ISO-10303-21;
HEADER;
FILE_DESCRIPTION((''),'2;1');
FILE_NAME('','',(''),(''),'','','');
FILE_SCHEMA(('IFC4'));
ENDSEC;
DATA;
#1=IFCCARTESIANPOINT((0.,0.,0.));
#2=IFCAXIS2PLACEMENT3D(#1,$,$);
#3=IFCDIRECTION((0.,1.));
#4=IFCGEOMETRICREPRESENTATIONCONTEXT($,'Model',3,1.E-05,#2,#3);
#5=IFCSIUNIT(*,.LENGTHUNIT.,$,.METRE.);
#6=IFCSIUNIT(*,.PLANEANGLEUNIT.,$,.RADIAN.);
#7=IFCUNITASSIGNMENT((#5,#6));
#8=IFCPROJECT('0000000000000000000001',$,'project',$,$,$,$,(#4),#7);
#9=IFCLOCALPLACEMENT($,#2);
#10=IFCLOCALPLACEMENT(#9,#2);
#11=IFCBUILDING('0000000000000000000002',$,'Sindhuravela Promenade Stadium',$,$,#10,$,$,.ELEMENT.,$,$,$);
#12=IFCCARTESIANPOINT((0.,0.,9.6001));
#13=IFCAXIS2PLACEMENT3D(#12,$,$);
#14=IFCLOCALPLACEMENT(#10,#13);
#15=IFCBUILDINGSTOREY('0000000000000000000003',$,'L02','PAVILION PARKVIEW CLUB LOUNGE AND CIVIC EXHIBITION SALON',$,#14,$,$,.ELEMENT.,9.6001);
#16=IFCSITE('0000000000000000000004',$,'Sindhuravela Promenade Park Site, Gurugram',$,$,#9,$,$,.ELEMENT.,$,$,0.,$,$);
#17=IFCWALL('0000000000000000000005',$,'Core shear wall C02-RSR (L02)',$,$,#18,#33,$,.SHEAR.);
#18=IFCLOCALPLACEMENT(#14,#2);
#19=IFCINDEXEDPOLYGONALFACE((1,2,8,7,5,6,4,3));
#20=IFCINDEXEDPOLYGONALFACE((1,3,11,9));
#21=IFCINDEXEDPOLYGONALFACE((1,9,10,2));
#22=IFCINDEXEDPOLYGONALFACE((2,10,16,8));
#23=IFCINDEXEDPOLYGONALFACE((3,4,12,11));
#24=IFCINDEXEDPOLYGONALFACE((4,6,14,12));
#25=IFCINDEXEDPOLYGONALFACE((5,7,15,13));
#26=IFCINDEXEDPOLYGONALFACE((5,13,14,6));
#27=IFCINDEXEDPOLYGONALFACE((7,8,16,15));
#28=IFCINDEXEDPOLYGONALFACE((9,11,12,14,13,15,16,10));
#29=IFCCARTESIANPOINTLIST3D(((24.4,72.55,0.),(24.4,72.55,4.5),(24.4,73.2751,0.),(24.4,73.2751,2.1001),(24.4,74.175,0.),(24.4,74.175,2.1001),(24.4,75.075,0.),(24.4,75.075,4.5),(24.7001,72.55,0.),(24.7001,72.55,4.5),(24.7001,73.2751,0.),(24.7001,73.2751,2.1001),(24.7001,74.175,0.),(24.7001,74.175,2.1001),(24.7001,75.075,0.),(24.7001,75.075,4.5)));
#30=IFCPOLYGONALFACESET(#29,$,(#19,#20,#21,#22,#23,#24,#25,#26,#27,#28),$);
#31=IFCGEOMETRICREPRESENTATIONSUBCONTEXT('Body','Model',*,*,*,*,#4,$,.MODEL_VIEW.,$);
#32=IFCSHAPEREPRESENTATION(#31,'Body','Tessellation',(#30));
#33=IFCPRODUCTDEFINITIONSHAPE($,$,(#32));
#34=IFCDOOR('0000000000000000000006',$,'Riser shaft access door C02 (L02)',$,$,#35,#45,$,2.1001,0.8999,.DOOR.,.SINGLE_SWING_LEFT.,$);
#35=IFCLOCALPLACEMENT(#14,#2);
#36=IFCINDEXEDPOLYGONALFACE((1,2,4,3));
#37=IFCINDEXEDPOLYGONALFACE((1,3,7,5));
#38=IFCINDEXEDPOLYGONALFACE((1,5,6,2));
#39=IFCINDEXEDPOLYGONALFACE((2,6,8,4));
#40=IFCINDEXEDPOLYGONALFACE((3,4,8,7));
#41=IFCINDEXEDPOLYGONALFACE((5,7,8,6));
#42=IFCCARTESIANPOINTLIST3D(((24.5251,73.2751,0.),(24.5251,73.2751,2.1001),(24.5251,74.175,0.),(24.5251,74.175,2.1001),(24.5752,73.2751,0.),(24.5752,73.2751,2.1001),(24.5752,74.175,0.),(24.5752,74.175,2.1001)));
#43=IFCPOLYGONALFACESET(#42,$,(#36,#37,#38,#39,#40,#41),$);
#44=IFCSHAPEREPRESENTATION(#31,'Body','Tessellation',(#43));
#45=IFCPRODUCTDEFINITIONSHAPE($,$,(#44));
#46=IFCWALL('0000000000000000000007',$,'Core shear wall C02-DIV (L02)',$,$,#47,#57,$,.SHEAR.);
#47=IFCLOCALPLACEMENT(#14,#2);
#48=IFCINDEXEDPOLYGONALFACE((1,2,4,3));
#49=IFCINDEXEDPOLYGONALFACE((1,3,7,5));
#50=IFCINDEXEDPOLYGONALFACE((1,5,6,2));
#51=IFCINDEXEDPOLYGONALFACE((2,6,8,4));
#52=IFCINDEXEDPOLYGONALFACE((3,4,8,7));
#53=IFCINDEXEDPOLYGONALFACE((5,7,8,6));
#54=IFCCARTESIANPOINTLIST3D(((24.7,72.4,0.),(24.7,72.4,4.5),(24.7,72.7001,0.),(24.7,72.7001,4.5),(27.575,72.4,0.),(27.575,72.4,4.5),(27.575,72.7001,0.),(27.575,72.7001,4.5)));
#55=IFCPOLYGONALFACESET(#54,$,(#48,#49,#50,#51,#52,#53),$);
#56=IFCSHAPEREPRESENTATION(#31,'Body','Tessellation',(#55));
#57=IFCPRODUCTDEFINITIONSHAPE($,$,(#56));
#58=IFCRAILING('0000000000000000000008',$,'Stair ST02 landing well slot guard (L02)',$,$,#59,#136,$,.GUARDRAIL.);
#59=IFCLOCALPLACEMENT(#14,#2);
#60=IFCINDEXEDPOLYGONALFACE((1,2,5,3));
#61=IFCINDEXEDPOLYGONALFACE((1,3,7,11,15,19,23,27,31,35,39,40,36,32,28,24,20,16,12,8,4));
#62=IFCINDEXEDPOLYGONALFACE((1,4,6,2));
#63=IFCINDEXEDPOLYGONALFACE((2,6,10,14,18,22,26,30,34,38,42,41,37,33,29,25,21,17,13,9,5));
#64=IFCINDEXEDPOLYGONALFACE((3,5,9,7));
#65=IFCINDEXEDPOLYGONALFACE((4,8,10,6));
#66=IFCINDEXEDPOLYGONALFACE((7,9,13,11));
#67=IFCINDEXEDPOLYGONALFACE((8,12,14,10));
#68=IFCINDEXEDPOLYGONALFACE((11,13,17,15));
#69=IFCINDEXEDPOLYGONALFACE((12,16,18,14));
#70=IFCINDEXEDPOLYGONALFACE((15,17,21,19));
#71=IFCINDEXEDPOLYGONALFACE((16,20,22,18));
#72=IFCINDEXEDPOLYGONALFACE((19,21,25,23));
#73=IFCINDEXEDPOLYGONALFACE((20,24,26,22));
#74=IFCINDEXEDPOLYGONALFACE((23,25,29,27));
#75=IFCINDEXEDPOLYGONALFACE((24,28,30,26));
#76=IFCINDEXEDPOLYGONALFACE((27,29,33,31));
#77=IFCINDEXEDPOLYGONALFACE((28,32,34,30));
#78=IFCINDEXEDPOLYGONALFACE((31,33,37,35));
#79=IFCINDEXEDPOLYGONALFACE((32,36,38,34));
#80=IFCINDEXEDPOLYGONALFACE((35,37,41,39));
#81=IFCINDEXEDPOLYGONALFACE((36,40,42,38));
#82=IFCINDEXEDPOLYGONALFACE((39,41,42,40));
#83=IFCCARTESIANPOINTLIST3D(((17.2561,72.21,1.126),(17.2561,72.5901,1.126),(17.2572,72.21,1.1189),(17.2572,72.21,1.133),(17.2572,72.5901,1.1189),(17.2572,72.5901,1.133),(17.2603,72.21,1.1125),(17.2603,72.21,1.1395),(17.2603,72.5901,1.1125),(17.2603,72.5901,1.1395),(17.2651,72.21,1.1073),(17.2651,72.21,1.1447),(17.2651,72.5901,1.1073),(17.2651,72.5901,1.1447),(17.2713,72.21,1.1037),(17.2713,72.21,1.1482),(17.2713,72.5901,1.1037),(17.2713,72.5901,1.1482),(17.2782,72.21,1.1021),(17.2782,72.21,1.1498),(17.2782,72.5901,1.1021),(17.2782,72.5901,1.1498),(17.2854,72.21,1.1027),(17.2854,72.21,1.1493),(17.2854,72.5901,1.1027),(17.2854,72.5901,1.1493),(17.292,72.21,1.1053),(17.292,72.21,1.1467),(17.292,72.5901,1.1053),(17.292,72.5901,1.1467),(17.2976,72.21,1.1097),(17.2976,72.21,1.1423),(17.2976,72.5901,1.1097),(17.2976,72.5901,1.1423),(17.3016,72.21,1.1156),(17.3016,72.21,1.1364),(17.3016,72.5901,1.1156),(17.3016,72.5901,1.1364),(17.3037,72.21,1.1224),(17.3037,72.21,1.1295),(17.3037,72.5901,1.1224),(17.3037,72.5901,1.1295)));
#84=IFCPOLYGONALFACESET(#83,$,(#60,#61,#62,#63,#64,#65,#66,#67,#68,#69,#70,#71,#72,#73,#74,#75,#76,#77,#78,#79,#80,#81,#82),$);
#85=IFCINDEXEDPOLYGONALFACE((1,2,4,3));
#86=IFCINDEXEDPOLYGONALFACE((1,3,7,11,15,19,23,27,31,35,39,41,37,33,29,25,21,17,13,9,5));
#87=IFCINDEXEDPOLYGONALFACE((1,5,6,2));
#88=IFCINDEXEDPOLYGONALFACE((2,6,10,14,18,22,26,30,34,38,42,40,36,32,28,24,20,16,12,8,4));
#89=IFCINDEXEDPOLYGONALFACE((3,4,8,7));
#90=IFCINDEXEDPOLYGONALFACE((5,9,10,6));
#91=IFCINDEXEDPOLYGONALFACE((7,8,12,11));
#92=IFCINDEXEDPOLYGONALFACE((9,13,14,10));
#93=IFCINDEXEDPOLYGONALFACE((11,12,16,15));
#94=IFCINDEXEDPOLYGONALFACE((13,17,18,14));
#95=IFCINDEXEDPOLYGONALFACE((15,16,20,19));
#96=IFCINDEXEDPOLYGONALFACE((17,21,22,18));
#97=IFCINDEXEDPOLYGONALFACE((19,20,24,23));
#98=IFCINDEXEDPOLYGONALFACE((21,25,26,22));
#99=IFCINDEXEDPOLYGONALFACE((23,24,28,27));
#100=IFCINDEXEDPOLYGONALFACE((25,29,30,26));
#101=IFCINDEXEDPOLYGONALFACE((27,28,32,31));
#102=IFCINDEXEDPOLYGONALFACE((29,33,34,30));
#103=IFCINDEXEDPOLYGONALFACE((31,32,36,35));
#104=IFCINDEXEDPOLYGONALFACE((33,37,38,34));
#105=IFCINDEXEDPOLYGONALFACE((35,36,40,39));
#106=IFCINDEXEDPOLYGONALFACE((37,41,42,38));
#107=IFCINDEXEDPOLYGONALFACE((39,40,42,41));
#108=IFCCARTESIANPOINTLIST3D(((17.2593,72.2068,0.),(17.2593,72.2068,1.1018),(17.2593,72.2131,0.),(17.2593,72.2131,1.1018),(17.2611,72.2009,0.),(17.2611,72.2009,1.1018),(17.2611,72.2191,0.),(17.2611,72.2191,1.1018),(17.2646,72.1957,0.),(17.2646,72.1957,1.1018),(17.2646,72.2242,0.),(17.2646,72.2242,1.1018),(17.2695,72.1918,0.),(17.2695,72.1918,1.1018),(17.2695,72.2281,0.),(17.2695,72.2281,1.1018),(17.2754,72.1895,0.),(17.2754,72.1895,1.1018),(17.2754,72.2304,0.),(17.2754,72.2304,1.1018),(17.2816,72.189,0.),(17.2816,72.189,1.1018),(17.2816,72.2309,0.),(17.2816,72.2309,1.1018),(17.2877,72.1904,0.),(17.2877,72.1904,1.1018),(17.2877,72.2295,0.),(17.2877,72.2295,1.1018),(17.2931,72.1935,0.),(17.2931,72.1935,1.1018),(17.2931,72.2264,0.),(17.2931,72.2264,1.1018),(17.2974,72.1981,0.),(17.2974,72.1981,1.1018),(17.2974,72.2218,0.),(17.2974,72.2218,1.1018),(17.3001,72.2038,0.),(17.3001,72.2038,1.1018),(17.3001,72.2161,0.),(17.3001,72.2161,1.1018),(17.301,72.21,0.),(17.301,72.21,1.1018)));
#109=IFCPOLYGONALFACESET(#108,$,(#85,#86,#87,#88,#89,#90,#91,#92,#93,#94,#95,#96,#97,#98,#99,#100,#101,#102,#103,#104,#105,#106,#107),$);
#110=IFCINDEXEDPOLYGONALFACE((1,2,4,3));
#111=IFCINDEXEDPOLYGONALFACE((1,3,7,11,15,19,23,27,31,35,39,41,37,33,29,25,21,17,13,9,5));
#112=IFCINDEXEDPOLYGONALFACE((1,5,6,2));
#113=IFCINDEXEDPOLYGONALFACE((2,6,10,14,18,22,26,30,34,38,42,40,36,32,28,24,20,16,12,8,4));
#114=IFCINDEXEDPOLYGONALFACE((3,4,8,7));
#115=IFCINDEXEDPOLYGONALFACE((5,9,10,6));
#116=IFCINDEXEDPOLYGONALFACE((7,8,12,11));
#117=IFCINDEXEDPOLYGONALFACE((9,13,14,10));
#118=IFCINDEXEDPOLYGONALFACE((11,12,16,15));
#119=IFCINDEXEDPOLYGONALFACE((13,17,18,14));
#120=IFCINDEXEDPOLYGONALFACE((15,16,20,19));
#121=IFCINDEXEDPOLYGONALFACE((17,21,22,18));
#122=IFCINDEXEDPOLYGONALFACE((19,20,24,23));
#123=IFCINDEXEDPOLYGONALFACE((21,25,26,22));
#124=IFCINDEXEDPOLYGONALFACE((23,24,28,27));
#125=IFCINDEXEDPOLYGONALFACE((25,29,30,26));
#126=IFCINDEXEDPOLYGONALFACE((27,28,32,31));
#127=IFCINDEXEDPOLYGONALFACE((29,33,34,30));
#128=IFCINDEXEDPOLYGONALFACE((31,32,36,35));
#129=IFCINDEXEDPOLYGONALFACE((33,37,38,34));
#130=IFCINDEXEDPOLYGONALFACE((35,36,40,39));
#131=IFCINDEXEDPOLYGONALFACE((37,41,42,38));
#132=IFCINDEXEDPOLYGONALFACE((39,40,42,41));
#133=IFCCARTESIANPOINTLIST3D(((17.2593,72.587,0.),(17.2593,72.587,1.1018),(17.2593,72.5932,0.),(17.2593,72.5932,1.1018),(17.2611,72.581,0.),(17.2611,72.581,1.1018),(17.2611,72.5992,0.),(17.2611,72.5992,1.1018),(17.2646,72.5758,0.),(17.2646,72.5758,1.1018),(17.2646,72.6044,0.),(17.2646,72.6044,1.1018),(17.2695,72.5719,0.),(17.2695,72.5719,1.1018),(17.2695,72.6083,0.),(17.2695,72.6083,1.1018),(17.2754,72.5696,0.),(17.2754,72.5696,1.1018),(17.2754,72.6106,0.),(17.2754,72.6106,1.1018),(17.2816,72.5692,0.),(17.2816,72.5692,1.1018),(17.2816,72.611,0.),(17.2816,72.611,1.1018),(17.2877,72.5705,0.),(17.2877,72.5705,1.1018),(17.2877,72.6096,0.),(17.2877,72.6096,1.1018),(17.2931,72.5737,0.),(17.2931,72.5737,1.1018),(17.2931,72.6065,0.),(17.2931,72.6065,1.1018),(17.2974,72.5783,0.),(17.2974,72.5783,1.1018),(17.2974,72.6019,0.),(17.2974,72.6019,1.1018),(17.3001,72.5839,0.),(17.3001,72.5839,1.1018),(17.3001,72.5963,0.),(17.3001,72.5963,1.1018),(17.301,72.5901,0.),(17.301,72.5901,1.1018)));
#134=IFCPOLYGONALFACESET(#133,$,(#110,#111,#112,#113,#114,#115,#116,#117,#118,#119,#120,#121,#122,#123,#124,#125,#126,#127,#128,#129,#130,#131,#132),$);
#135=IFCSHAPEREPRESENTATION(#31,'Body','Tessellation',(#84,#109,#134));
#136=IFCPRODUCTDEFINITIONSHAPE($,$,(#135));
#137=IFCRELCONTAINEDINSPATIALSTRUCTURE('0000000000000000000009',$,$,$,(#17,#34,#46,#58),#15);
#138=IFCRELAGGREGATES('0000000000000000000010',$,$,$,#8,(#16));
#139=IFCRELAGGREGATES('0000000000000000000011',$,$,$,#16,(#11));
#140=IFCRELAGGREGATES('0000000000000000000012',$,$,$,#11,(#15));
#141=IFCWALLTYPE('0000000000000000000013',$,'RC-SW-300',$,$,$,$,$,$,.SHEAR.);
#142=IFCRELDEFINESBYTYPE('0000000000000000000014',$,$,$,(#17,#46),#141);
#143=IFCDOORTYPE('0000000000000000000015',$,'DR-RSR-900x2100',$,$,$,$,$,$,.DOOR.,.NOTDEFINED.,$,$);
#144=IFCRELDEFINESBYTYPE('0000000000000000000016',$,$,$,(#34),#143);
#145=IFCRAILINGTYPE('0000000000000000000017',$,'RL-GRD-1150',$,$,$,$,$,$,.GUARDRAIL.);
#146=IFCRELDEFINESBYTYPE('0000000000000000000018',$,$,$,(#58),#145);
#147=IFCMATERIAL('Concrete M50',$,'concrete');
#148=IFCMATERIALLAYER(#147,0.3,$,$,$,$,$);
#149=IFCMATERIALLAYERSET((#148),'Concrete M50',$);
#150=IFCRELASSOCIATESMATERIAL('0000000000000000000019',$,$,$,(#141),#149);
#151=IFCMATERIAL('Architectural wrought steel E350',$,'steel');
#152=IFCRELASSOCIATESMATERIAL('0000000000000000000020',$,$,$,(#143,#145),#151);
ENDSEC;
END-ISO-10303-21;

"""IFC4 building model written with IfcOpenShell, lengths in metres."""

from ifc_helpers import new_model, si_unit, direction, frame, frame_2d, origin, origin_2d, place, context, subcontext, project, spatial, rectangle, circle, extrude, material, layer, layer_set, type_object, element, fill, save


model = new_model("IFC4")

# Units and contexts
model_context = context("Model", 3, precision=1e-05, world=origin(), true_north=direction((0.0, 1.0)))
body_context = subcontext(model_context, "Body", "Model", "MODEL_VIEW")
ifc_project = project(units=[si_unit("LENGTHUNIT", "METRE"), si_unit("PLANEANGLEUNIT", "RADIAN")], contexts=[model_context])

# Site, building, storey
site_placement = place(None, origin())
site = spatial("IfcSite", under=ifc_project, at=site_placement, Name="Sindhuravela Promenade Park Site, Gurugram", CompositionType="ELEMENT", RefElevation=0.0)
building_placement = place(site_placement, origin())
building = spatial("IfcBuilding", under=site, at=building_placement, Name="Sindhuravela Promenade Stadium", CompositionType="ELEMENT")
storey_placement = place(building_placement, frame((0.0, 0.0, 9.6001)))
storey = spatial("IfcBuildingStorey", under=building, at=storey_placement, Name="L02", Description="PAVILION PARKVIEW CLUB LOUNGE AND CIVIC EXHIBITION SALON", CompositionType="ELEMENT", Elevation=9.6001)

# Shared definitions
ifc_material_1 = material(Name="Concrete M50", Category="concrete")

# Wall, opening, door
ifc_layer_1 = layer(ifc_material_1, 0.3)
ifc_layer_set_1 = layer_set([ifc_layer_1], Name="Concrete M50")
wall_type_1 = type_object("IfcWallType", Name="RC-SW-300", PredefinedType="SHEAR", material=ifc_layer_set_1)
ifc_material_2 = material(Name="Architectural wrought steel E350", Category="steel")
wall_1_placement = place(storey_placement, frame((24.55, 72.55, 0.0), z_axis=(0.0, 0.0, 1.0), x_axis=(0.0, 1.0, 0.0)))
wall_1 = element("IfcWall", 1, at=wall_1_placement, inside=storey, type_object=wall_type_1, Name="Core shear wall C02-RSR (L02)", PredefinedType="SHEAR", context=body_context, shape_type="SweptSolid", body=[
    extrude(rectangle(XDim=2.5249, YDim=0.3, at=frame_2d((1.2625, 0.0))), origin(), (0.0, 0.0, 1.0), 4.5),
])
opening_1_placement = place(wall_1_placement, frame((0.7251, 0.0, 0.0)))
opening_1 = element("IfcOpeningElement", 2, at=opening_1_placement, cuts=wall_1, PredefinedType="OPENING", context=body_context, shape_type="SweptSolid", body=[
    extrude(rectangle(XDim=0.8999, YDim=2.1001, at=frame_2d((0.45, 1.05))), frame((0.0, 0.1599, 0.0), z_axis=(0.0, -1.0, 0.0), x_axis=(1.0, 0.0, 0.0)), (0.0, 0.0, 1.0), 0.3201),
])
door_type_1 = type_object("IfcDoorType", Name="DR-RSR-900x2100", OperationType="NOTDEFINED", PredefinedType="DOOR", material=ifc_material_2)
door_1_placement = place(opening_1_placement, origin())
door_1 = element("IfcDoor", 3, at=door_1_placement, inside=storey, type_object=door_type_1, Name="Riser shaft access door C02 (L02)", OperationType="SINGLE_SWING_LEFT", OverallHeight=2.1001, OverallWidth=0.8999, PredefinedType="DOOR", context=body_context, shape_type="SweptSolid", body=[
    extrude(rectangle(XDim=0.8999, YDim=2.1001, at=frame_2d((0.45, 1.05))), frame((0.0, 0.0249, 0.0), z_axis=(0.0, -1.0, 0.0), x_axis=(1.0, 0.0, 0.0)), (0.0, 0.0, 1.0), 0.05),
])
fill(opening_1, door_1)

# Wall
wall_2_placement = place(storey_placement, frame((24.7, 72.55, 0.0), z_axis=(0.0, 0.0, 1.0), x_axis=(1.0, 0.0, 0.0)))
element("IfcWall", 4, at=wall_2_placement, inside=storey, type_object=wall_type_1, Name="Core shear wall C02-DIV (L02)", PredefinedType="SHEAR", context=body_context, shape_type="SweptSolid", body=[
    extrude(rectangle(XDim=2.875, YDim=0.3, at=frame_2d((1.4375, 0.0))), origin(), (0.0, 0.0, 1.0), 4.5),
])

# Railing
railing_type = type_object("IfcRailingType", Name="RL-GRD-1150", PredefinedType="GUARDRAIL", material=ifc_material_2)
railing_placement = place(storey_placement, frame((17.28, 72.21, 0.0)))
element("IfcRailing", 5, at=railing_placement, inside=storey, type_object=railing_type, Name="Stair ST02 landing well slot guard (L02)", PredefinedType="GUARDRAIL", context=body_context, shape_type="SweptSolid", body=[
    extrude(circle(Radius=0.0239, at=origin_2d()), frame((0.0, 0.0, 1.126), z_axis=(0.0, 1.0, 0.0), x_axis=(-1.0, 0.0, 0.0)), (0.0, 0.0, 1.0), 0.3801),
    extrude(circle(Radius=0.021, at=origin_2d()), origin(), (0.0, 0.0, 1.0), 1.1018),
    extrude(circle(Radius=0.021, at=origin_2d()), frame((0.0, 0.3801, 0.0)), (0.0, 0.0, 1.0), 1.1018),
])

save(model, "model.ifc")
